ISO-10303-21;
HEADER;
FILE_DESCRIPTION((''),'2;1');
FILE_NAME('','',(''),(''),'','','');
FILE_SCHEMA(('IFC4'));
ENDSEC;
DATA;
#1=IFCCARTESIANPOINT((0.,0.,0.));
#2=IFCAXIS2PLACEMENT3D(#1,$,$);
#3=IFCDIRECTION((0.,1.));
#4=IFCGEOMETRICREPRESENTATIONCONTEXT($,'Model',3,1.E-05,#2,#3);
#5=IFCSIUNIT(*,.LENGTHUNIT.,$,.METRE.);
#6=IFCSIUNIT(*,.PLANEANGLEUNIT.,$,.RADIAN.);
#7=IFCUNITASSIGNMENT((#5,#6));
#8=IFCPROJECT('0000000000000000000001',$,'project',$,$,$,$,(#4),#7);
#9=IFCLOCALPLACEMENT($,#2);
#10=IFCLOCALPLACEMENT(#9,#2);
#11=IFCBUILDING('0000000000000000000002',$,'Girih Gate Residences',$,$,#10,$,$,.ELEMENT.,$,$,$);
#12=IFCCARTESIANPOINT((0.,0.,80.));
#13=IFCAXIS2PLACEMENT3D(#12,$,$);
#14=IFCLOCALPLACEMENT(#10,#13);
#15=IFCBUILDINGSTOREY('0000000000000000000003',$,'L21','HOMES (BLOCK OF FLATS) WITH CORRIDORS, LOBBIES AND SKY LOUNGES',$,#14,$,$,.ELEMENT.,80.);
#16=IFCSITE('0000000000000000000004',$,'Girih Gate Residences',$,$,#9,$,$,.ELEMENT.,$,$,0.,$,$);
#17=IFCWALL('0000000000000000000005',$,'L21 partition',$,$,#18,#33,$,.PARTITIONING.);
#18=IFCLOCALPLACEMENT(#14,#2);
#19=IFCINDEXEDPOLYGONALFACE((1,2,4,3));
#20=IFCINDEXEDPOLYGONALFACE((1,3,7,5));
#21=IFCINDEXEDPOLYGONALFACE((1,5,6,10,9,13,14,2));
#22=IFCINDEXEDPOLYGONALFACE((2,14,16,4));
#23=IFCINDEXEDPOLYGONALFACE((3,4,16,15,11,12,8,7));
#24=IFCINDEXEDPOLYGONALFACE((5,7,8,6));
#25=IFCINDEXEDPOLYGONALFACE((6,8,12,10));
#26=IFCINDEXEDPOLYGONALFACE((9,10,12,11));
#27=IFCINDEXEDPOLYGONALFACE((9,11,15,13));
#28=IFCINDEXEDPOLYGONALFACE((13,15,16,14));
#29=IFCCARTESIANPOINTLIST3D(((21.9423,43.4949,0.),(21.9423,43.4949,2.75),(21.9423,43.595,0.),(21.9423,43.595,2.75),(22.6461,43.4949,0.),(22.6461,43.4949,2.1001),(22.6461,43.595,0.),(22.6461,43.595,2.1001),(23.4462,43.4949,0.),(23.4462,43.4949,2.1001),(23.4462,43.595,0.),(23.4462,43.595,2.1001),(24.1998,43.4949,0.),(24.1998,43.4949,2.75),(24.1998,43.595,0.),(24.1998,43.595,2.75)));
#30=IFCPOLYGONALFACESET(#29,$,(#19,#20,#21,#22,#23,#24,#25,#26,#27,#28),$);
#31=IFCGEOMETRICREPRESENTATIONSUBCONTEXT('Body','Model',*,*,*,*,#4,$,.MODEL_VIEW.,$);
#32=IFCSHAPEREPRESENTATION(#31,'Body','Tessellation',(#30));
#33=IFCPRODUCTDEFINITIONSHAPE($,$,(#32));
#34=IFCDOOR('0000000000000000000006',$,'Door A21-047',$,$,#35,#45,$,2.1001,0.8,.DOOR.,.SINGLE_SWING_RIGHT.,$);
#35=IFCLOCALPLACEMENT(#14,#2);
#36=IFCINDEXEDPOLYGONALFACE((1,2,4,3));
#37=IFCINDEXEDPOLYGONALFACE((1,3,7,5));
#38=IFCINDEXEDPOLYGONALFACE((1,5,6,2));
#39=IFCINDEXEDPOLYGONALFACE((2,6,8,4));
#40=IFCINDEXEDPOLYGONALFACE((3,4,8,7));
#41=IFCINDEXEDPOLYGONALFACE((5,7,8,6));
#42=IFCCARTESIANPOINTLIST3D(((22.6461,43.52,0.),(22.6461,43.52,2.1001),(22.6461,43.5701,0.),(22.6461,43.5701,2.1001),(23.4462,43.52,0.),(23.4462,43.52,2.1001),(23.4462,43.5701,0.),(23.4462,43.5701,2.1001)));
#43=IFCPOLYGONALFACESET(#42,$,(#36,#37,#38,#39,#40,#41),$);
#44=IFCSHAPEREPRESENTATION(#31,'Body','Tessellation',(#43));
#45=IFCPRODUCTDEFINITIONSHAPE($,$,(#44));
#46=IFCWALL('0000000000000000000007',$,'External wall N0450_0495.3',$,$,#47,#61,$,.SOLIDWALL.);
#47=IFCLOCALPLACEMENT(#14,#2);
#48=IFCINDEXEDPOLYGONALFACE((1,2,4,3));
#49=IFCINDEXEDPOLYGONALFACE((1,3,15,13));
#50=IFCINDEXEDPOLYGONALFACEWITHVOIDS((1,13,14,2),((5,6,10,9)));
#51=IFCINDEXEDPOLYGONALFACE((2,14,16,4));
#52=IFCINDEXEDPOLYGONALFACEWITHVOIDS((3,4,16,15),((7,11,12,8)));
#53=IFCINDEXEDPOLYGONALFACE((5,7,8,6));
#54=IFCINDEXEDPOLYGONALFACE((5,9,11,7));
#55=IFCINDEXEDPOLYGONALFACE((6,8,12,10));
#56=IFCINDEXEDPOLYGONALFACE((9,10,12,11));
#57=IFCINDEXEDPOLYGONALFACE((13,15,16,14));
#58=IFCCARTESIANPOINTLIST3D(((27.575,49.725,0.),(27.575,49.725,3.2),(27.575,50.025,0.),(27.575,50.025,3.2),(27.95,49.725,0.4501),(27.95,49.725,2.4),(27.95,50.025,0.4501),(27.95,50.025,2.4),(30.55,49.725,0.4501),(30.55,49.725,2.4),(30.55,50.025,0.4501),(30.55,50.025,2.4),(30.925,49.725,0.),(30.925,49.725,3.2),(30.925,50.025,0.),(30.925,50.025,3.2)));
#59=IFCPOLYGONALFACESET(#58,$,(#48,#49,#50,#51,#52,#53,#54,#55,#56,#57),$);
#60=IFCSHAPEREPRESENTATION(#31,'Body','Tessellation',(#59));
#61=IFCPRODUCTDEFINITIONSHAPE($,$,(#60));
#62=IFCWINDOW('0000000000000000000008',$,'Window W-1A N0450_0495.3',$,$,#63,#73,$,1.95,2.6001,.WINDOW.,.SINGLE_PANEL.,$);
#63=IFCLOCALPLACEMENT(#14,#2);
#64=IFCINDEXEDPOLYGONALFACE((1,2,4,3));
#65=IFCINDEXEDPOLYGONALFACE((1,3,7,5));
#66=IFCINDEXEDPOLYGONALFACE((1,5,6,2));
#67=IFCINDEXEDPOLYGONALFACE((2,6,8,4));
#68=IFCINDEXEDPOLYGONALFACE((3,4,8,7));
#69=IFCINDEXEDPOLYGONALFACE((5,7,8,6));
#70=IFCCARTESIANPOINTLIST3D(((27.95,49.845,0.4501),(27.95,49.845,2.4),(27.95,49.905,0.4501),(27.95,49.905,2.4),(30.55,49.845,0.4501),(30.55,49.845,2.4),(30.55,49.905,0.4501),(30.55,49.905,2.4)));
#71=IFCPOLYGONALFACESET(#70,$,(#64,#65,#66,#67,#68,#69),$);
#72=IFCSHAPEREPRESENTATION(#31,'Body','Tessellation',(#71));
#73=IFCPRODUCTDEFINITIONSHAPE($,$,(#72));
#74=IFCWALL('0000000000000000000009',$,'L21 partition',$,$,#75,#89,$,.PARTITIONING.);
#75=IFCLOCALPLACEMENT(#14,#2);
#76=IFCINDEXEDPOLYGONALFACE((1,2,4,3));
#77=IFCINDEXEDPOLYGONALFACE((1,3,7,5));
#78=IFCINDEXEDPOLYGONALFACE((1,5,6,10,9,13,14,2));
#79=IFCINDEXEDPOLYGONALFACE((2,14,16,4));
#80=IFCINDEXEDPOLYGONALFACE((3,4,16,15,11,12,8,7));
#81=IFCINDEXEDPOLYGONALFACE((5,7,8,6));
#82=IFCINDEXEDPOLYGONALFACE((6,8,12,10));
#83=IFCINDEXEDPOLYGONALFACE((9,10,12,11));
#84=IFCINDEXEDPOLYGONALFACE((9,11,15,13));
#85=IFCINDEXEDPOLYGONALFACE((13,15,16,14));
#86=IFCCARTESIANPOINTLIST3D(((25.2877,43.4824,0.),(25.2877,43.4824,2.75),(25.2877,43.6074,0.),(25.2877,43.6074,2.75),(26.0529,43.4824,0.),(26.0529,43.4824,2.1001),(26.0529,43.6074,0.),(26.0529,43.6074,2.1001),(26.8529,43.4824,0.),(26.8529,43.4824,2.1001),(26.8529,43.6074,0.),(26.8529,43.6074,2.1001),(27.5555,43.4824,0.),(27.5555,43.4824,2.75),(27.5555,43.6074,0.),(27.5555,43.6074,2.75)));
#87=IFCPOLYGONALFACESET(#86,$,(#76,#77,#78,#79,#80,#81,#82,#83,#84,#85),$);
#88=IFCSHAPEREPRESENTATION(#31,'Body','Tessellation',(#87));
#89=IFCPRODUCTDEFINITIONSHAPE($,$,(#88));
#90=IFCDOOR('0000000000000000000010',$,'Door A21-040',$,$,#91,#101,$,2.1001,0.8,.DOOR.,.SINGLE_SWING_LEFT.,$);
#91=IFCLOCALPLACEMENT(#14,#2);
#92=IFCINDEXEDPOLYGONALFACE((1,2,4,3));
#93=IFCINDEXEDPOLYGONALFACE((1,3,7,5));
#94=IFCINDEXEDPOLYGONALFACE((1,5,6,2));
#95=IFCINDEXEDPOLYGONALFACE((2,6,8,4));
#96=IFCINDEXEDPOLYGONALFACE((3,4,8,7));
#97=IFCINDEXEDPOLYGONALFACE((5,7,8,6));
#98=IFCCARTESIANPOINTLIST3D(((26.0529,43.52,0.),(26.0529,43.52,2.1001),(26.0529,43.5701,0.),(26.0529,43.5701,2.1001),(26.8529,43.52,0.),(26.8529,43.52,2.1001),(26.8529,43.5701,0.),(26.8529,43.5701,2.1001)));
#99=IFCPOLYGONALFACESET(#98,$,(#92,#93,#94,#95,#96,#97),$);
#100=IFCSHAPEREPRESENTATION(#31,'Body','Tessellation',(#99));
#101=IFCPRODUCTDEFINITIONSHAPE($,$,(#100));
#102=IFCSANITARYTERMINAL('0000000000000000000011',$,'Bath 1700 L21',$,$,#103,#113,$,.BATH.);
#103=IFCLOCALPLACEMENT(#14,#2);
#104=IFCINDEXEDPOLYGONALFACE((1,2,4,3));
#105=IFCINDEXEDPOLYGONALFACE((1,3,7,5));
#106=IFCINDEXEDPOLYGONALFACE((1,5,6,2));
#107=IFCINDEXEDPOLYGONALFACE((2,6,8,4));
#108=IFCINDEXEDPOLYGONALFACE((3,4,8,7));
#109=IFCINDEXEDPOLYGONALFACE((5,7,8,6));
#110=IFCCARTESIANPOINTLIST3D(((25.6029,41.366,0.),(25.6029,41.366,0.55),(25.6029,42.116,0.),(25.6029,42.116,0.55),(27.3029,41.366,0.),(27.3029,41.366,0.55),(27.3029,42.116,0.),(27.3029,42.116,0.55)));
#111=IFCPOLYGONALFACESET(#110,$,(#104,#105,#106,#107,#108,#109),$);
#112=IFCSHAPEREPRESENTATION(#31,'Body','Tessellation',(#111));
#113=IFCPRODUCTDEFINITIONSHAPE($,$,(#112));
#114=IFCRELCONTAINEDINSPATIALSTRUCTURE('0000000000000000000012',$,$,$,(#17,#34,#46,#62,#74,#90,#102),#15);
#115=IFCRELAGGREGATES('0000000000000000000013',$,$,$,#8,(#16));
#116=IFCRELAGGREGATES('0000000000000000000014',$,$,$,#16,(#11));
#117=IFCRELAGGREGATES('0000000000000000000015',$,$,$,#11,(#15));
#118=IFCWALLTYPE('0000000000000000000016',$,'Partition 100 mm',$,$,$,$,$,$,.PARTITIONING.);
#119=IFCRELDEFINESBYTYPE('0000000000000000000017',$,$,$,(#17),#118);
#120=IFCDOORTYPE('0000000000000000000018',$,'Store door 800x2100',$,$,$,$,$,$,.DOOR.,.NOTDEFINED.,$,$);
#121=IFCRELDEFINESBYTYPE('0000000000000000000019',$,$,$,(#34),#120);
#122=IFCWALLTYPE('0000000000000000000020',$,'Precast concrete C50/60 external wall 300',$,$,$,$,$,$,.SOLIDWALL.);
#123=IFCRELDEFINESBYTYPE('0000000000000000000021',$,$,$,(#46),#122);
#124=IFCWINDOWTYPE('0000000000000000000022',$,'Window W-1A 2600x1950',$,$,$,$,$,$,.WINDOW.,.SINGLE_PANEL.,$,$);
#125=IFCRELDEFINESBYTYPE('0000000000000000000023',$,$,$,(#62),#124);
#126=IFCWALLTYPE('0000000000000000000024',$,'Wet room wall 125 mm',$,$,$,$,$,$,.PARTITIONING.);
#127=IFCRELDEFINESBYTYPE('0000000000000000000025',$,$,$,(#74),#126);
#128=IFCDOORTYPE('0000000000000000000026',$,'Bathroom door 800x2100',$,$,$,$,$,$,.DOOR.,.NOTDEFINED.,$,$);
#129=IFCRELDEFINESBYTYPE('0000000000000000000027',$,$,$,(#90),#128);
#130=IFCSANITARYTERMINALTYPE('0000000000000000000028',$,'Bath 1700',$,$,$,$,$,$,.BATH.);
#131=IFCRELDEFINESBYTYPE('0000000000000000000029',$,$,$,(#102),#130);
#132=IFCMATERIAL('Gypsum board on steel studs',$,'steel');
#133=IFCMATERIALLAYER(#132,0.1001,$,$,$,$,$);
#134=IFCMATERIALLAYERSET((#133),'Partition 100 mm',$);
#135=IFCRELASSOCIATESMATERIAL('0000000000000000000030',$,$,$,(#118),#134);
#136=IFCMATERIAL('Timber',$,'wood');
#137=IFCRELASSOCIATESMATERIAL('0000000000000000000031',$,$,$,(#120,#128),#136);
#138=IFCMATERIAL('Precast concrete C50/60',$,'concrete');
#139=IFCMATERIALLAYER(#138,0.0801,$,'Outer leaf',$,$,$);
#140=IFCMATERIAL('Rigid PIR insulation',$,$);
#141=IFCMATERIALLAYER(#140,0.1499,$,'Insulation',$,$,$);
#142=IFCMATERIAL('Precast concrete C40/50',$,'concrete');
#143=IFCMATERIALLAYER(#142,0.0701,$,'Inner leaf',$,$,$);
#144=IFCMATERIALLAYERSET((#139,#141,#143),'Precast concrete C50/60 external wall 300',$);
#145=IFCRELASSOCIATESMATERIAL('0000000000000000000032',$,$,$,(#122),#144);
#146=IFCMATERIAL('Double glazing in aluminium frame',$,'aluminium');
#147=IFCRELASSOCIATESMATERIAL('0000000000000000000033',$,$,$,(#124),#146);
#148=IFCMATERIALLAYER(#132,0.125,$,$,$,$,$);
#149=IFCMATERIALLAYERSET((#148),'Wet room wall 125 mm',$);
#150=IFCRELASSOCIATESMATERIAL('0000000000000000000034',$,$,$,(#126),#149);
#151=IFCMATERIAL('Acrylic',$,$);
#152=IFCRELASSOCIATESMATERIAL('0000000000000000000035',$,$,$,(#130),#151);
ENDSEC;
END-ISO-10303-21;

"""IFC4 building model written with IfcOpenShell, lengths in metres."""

from ifc_helpers import new_model, si_unit, direction, frame, frame_2d, origin, origin_2d, place, context, subcontext, project, spatial, rectangle, extrude, material, layer, layer_set, type_object, element, fill, save


model = new_model("IFC4")

# Units and contexts
model_context = context("Model", 3, precision=1e-05, world=origin(), true_north=direction((0.0, 1.0)))
body_context = subcontext(model_context, "Body", "Model", "MODEL_VIEW")
ifc_project = project(units=[si_unit("LENGTHUNIT", "METRE"), si_unit("PLANEANGLEUNIT", "RADIAN")], contexts=[model_context])

# Site, building, storey
site_placement = place(None, origin())
site = spatial("IfcSite", under=ifc_project, at=site_placement, Name="Girih Gate Residences", CompositionType="ELEMENT", RefElevation=0.0)
building_placement = place(site_placement, origin())
building = spatial("IfcBuilding", under=site, at=building_placement, Name="Girih Gate Residences", CompositionType="ELEMENT")
storey_placement = place(building_placement, frame((0.0, 0.0, 80.0)))
storey = spatial("IfcBuildingStorey", under=building, at=storey_placement, Name="L21", Description="HOMES (BLOCK OF FLATS) WITH CORRIDORS, LOBBIES AND SKY LOUNGES", CompositionType="ELEMENT", Elevation=80.0)

# Shared definitions
ifc_material_1 = material(Name="Gypsum board on steel studs", Category="steel")
ifc_layer_1 = layer(ifc_material_1, 0.1001)
ifc_layer_set_1 = layer_set([ifc_layer_1], Name="Partition 100 mm")
wall_type_1 = type_object("IfcWallType", Name="Partition 100 mm", PredefinedType="PARTITIONING", material=ifc_layer_set_1)

# Wall, opening, door
ifc_material_2 = material(Name="Timber", Category="wood")
door_type_1 = type_object("IfcDoorType", Name="Store door 800x2100", OperationType="NOTDEFINED", PredefinedType="DOOR", material=ifc_material_2)
wall_1_placement = place(storey_placement, frame((24.2, 43.5449, 0.0), z_axis=(0.0, 0.0, 1.0), x_axis=(-1.0, 0.0, 0.0)))
wall_1 = element("IfcWall", 1, at=wall_1_placement, inside=storey, type_object=wall_type_1, Name="L21 partition", PredefinedType="PARTITIONING", context=body_context, shape_type="SweptSolid", body=[
    extrude(rectangle(XDim=2.2576, YDim=0.1001, at=frame_2d((1.1289, 0.0))), origin(), (0.0, 0.0, 1.0), 2.75),
])
opening_1_placement = place(wall_1_placement, frame((0.7539, 0.0, 0.0)))
opening_1 = element("IfcOpeningElement", 2, at=opening_1_placement, cuts=wall_1, PredefinedType="OPENING", context=body_context, shape_type="SweptSolid", body=[
    extrude(rectangle(XDim=0.8, YDim=2.1001, at=frame_2d((0.3999, 1.05))), frame((0.0, 0.0601, 0.0), z_axis=(0.0, -1.0, 0.0), x_axis=(1.0, 0.0, 0.0)), (0.0, 0.0, 1.0), 0.1201),
])
door_1_placement = place(opening_1_placement, origin())
door_1 = element("IfcDoor", 3, at=door_1_placement, inside=storey, type_object=door_type_1, Name="Door A21-047", OperationType="SINGLE_SWING_RIGHT", OverallHeight=2.1001, OverallWidth=0.8, PredefinedType="DOOR", context=body_context, shape_type="SweptSolid", body=[
    extrude(rectangle(XDim=0.8, YDim=2.1001, at=frame_2d((0.3999, 1.05))), frame((0.0, 0.0249, 0.0), z_axis=(0.0, -1.0, 0.0), x_axis=(1.0, 0.0, 0.0)), (0.0, 0.0, 1.0), 0.05),
])
fill(opening_1, door_1)

# Wall, opening, window
ifc_material_3 = material(Name="Precast concrete C50/60", Category="concrete")
ifc_layer_2 = layer(ifc_material_3, 0.0801, Name="Outer leaf")
ifc_material_4 = material(Name="Rigid PIR insulation")
ifc_layer_3 = layer(ifc_material_4, 0.1499, Name="Insulation")
ifc_material_5 = material(Name="Precast concrete C40/50", Category="concrete")
ifc_layer_4 = layer(ifc_material_5, 0.0701, Name="Inner leaf")
ifc_layer_set_2 = layer_set([ifc_layer_2, ifc_layer_3, ifc_layer_4], Name="Precast concrete C50/60 external wall 300")
wall_type_2 = type_object("IfcWallType", Name="Precast concrete C50/60 external wall 300", PredefinedType="SOLIDWALL", material=ifc_layer_set_2)
wall_2_placement = place(storey_placement, frame((27.575, 49.875, 0.0), z_axis=(0.0, 0.0, 1.0), x_axis=(1.0, 0.0, 0.0)))
wall_2 = element("IfcWall", 4, at=wall_2_placement, inside=storey, type_object=wall_type_2, Name="External wall N0450_0495.3", PredefinedType="SOLIDWALL", context=body_context, shape_type="SweptSolid", body=[
    extrude(rectangle(XDim=3.3501, YDim=0.3, at=frame_2d((1.675, 0.0))), origin(), (0.0, 0.0, 1.0), 3.2),
])
opening_2_placement = place(wall_2_placement, frame((0.375, 0.0, 0.45)))
opening_2 = element("IfcOpeningElement", 5, at=opening_2_placement, cuts=wall_2, PredefinedType="OPENING", context=body_context, shape_type="SweptSolid", body=[
    extrude(rectangle(XDim=2.6001, YDim=1.95, at=frame_2d((1.3, 0.9751))), frame((0.0, 0.1599, 0.0), z_axis=(0.0, -1.0, 0.0), x_axis=(1.0, 0.0, 0.0)), (0.0, 0.0, 1.0), 0.3201),
])
ifc_material_6 = material(Name="Double glazing in aluminium frame", Category="aluminium")
window_type = type_object("IfcWindowType", Name="Window W-1A 2600x1950", PartitioningType="SINGLE_PANEL", PredefinedType="WINDOW", material=ifc_material_6)
window_placement = place(opening_2_placement, origin())
window = element("IfcWindow", 6, at=window_placement, inside=storey, type_object=window_type, Name="Window W-1A N0450_0495.3", OverallHeight=1.95, OverallWidth=2.6001, PartitioningType="SINGLE_PANEL", PredefinedType="WINDOW", context=body_context, shape_type="SweptSolid", body=[
    extrude(rectangle(XDim=2.6001, YDim=1.95, at=frame_2d((1.3, 0.9751))), frame((0.0, 0.03, 0.0), z_axis=(0.0, -1.0, 0.0), x_axis=(1.0, 0.0, 0.0)), (0.0, 0.0, 1.0), 0.0601),
])
fill(opening_2, window)

# Wall, opening, door
ifc_layer_5 = layer(ifc_material_1, 0.125)
ifc_layer_set_3 = layer_set([ifc_layer_5], Name="Wet room wall 125 mm")
wall_type_3 = type_object("IfcWallType", Name="Wet room wall 125 mm", PredefinedType="PARTITIONING", material=ifc_layer_set_3)
wall_3_placement = place(storey_placement, frame((27.5554, 43.5449, 0.0), z_axis=(0.0, 0.0, 1.0), x_axis=(-1.0, 0.0, 0.0)))
wall_3 = element("IfcWall", 7, at=wall_3_placement, inside=storey, type_object=wall_type_3, Name="L21 partition", PredefinedType="PARTITIONING", context=body_context, shape_type="SweptSolid", body=[
    extrude(rectangle(XDim=2.2678, YDim=0.125, at=frame_2d((1.1338, 0.0))), origin(), (0.0, 0.0, 1.0), 2.75),
])
opening_3_placement = place(wall_3_placement, frame((0.7026, 0.0, 0.0)))
opening_3 = element("IfcOpeningElement", 8, at=opening_3_placement, cuts=wall_3, PredefinedType="OPENING", context=body_context, shape_type="SweptSolid", body=[
    extrude(rectangle(XDim=0.8, YDim=2.1001, at=frame_2d((0.3999, 1.05))), frame((0.0, 0.0725, 0.0), z_axis=(0.0, -1.0, 0.0), x_axis=(1.0, 0.0, 0.0)), (0.0, 0.0, 1.0), 0.145),
])
door_type_2 = type_object("IfcDoorType", Name="Bathroom door 800x2100", OperationType="NOTDEFINED", PredefinedType="DOOR", material=ifc_material_2)
door_2_placement = place(opening_3_placement, origin())
door_2 = element("IfcDoor", 9, at=door_2_placement, inside=storey, type_object=door_type_2, Name="Door A21-040", OperationType="SINGLE_SWING_LEFT", OverallHeight=2.1001, OverallWidth=0.8, PredefinedType="DOOR", context=body_context, shape_type="SweptSolid", body=[
    extrude(rectangle(XDim=0.8, YDim=2.1001, at=frame_2d((0.3999, 1.05))), frame((0.0, 0.0249, 0.0), z_axis=(0.0, -1.0, 0.0), x_axis=(1.0, 0.0, 0.0)), (0.0, 0.0, 1.0), 0.05),
])
fill(opening_3, door_2)

# Sanitary terminal
ifc_material_7 = material(Name="Acrylic")
sanitary_terminal_type = type_object("IfcSanitaryTerminalType", Name="Bath 1700", PredefinedType="BATH", material=ifc_material_7)
sanitary_terminal_placement = place(storey_placement, frame((26.4529, 41.741, 0.0), z_axis=(0.0, 0.0, 1.0), x_axis=(1.0, 0.0, 0.0)))
element("IfcSanitaryTerminal", 10, at=sanitary_terminal_placement, inside=storey, type_object=sanitary_terminal_type, Name="Bath 1700 L21", PredefinedType="BATH", context=body_context, shape_type="SweptSolid", body=[
    extrude(rectangle(XDim=1.7, YDim=0.75, at=origin_2d()), origin(), (0.0, 0.0, 1.0), 0.55),
])

save(model, "model.ifc")
